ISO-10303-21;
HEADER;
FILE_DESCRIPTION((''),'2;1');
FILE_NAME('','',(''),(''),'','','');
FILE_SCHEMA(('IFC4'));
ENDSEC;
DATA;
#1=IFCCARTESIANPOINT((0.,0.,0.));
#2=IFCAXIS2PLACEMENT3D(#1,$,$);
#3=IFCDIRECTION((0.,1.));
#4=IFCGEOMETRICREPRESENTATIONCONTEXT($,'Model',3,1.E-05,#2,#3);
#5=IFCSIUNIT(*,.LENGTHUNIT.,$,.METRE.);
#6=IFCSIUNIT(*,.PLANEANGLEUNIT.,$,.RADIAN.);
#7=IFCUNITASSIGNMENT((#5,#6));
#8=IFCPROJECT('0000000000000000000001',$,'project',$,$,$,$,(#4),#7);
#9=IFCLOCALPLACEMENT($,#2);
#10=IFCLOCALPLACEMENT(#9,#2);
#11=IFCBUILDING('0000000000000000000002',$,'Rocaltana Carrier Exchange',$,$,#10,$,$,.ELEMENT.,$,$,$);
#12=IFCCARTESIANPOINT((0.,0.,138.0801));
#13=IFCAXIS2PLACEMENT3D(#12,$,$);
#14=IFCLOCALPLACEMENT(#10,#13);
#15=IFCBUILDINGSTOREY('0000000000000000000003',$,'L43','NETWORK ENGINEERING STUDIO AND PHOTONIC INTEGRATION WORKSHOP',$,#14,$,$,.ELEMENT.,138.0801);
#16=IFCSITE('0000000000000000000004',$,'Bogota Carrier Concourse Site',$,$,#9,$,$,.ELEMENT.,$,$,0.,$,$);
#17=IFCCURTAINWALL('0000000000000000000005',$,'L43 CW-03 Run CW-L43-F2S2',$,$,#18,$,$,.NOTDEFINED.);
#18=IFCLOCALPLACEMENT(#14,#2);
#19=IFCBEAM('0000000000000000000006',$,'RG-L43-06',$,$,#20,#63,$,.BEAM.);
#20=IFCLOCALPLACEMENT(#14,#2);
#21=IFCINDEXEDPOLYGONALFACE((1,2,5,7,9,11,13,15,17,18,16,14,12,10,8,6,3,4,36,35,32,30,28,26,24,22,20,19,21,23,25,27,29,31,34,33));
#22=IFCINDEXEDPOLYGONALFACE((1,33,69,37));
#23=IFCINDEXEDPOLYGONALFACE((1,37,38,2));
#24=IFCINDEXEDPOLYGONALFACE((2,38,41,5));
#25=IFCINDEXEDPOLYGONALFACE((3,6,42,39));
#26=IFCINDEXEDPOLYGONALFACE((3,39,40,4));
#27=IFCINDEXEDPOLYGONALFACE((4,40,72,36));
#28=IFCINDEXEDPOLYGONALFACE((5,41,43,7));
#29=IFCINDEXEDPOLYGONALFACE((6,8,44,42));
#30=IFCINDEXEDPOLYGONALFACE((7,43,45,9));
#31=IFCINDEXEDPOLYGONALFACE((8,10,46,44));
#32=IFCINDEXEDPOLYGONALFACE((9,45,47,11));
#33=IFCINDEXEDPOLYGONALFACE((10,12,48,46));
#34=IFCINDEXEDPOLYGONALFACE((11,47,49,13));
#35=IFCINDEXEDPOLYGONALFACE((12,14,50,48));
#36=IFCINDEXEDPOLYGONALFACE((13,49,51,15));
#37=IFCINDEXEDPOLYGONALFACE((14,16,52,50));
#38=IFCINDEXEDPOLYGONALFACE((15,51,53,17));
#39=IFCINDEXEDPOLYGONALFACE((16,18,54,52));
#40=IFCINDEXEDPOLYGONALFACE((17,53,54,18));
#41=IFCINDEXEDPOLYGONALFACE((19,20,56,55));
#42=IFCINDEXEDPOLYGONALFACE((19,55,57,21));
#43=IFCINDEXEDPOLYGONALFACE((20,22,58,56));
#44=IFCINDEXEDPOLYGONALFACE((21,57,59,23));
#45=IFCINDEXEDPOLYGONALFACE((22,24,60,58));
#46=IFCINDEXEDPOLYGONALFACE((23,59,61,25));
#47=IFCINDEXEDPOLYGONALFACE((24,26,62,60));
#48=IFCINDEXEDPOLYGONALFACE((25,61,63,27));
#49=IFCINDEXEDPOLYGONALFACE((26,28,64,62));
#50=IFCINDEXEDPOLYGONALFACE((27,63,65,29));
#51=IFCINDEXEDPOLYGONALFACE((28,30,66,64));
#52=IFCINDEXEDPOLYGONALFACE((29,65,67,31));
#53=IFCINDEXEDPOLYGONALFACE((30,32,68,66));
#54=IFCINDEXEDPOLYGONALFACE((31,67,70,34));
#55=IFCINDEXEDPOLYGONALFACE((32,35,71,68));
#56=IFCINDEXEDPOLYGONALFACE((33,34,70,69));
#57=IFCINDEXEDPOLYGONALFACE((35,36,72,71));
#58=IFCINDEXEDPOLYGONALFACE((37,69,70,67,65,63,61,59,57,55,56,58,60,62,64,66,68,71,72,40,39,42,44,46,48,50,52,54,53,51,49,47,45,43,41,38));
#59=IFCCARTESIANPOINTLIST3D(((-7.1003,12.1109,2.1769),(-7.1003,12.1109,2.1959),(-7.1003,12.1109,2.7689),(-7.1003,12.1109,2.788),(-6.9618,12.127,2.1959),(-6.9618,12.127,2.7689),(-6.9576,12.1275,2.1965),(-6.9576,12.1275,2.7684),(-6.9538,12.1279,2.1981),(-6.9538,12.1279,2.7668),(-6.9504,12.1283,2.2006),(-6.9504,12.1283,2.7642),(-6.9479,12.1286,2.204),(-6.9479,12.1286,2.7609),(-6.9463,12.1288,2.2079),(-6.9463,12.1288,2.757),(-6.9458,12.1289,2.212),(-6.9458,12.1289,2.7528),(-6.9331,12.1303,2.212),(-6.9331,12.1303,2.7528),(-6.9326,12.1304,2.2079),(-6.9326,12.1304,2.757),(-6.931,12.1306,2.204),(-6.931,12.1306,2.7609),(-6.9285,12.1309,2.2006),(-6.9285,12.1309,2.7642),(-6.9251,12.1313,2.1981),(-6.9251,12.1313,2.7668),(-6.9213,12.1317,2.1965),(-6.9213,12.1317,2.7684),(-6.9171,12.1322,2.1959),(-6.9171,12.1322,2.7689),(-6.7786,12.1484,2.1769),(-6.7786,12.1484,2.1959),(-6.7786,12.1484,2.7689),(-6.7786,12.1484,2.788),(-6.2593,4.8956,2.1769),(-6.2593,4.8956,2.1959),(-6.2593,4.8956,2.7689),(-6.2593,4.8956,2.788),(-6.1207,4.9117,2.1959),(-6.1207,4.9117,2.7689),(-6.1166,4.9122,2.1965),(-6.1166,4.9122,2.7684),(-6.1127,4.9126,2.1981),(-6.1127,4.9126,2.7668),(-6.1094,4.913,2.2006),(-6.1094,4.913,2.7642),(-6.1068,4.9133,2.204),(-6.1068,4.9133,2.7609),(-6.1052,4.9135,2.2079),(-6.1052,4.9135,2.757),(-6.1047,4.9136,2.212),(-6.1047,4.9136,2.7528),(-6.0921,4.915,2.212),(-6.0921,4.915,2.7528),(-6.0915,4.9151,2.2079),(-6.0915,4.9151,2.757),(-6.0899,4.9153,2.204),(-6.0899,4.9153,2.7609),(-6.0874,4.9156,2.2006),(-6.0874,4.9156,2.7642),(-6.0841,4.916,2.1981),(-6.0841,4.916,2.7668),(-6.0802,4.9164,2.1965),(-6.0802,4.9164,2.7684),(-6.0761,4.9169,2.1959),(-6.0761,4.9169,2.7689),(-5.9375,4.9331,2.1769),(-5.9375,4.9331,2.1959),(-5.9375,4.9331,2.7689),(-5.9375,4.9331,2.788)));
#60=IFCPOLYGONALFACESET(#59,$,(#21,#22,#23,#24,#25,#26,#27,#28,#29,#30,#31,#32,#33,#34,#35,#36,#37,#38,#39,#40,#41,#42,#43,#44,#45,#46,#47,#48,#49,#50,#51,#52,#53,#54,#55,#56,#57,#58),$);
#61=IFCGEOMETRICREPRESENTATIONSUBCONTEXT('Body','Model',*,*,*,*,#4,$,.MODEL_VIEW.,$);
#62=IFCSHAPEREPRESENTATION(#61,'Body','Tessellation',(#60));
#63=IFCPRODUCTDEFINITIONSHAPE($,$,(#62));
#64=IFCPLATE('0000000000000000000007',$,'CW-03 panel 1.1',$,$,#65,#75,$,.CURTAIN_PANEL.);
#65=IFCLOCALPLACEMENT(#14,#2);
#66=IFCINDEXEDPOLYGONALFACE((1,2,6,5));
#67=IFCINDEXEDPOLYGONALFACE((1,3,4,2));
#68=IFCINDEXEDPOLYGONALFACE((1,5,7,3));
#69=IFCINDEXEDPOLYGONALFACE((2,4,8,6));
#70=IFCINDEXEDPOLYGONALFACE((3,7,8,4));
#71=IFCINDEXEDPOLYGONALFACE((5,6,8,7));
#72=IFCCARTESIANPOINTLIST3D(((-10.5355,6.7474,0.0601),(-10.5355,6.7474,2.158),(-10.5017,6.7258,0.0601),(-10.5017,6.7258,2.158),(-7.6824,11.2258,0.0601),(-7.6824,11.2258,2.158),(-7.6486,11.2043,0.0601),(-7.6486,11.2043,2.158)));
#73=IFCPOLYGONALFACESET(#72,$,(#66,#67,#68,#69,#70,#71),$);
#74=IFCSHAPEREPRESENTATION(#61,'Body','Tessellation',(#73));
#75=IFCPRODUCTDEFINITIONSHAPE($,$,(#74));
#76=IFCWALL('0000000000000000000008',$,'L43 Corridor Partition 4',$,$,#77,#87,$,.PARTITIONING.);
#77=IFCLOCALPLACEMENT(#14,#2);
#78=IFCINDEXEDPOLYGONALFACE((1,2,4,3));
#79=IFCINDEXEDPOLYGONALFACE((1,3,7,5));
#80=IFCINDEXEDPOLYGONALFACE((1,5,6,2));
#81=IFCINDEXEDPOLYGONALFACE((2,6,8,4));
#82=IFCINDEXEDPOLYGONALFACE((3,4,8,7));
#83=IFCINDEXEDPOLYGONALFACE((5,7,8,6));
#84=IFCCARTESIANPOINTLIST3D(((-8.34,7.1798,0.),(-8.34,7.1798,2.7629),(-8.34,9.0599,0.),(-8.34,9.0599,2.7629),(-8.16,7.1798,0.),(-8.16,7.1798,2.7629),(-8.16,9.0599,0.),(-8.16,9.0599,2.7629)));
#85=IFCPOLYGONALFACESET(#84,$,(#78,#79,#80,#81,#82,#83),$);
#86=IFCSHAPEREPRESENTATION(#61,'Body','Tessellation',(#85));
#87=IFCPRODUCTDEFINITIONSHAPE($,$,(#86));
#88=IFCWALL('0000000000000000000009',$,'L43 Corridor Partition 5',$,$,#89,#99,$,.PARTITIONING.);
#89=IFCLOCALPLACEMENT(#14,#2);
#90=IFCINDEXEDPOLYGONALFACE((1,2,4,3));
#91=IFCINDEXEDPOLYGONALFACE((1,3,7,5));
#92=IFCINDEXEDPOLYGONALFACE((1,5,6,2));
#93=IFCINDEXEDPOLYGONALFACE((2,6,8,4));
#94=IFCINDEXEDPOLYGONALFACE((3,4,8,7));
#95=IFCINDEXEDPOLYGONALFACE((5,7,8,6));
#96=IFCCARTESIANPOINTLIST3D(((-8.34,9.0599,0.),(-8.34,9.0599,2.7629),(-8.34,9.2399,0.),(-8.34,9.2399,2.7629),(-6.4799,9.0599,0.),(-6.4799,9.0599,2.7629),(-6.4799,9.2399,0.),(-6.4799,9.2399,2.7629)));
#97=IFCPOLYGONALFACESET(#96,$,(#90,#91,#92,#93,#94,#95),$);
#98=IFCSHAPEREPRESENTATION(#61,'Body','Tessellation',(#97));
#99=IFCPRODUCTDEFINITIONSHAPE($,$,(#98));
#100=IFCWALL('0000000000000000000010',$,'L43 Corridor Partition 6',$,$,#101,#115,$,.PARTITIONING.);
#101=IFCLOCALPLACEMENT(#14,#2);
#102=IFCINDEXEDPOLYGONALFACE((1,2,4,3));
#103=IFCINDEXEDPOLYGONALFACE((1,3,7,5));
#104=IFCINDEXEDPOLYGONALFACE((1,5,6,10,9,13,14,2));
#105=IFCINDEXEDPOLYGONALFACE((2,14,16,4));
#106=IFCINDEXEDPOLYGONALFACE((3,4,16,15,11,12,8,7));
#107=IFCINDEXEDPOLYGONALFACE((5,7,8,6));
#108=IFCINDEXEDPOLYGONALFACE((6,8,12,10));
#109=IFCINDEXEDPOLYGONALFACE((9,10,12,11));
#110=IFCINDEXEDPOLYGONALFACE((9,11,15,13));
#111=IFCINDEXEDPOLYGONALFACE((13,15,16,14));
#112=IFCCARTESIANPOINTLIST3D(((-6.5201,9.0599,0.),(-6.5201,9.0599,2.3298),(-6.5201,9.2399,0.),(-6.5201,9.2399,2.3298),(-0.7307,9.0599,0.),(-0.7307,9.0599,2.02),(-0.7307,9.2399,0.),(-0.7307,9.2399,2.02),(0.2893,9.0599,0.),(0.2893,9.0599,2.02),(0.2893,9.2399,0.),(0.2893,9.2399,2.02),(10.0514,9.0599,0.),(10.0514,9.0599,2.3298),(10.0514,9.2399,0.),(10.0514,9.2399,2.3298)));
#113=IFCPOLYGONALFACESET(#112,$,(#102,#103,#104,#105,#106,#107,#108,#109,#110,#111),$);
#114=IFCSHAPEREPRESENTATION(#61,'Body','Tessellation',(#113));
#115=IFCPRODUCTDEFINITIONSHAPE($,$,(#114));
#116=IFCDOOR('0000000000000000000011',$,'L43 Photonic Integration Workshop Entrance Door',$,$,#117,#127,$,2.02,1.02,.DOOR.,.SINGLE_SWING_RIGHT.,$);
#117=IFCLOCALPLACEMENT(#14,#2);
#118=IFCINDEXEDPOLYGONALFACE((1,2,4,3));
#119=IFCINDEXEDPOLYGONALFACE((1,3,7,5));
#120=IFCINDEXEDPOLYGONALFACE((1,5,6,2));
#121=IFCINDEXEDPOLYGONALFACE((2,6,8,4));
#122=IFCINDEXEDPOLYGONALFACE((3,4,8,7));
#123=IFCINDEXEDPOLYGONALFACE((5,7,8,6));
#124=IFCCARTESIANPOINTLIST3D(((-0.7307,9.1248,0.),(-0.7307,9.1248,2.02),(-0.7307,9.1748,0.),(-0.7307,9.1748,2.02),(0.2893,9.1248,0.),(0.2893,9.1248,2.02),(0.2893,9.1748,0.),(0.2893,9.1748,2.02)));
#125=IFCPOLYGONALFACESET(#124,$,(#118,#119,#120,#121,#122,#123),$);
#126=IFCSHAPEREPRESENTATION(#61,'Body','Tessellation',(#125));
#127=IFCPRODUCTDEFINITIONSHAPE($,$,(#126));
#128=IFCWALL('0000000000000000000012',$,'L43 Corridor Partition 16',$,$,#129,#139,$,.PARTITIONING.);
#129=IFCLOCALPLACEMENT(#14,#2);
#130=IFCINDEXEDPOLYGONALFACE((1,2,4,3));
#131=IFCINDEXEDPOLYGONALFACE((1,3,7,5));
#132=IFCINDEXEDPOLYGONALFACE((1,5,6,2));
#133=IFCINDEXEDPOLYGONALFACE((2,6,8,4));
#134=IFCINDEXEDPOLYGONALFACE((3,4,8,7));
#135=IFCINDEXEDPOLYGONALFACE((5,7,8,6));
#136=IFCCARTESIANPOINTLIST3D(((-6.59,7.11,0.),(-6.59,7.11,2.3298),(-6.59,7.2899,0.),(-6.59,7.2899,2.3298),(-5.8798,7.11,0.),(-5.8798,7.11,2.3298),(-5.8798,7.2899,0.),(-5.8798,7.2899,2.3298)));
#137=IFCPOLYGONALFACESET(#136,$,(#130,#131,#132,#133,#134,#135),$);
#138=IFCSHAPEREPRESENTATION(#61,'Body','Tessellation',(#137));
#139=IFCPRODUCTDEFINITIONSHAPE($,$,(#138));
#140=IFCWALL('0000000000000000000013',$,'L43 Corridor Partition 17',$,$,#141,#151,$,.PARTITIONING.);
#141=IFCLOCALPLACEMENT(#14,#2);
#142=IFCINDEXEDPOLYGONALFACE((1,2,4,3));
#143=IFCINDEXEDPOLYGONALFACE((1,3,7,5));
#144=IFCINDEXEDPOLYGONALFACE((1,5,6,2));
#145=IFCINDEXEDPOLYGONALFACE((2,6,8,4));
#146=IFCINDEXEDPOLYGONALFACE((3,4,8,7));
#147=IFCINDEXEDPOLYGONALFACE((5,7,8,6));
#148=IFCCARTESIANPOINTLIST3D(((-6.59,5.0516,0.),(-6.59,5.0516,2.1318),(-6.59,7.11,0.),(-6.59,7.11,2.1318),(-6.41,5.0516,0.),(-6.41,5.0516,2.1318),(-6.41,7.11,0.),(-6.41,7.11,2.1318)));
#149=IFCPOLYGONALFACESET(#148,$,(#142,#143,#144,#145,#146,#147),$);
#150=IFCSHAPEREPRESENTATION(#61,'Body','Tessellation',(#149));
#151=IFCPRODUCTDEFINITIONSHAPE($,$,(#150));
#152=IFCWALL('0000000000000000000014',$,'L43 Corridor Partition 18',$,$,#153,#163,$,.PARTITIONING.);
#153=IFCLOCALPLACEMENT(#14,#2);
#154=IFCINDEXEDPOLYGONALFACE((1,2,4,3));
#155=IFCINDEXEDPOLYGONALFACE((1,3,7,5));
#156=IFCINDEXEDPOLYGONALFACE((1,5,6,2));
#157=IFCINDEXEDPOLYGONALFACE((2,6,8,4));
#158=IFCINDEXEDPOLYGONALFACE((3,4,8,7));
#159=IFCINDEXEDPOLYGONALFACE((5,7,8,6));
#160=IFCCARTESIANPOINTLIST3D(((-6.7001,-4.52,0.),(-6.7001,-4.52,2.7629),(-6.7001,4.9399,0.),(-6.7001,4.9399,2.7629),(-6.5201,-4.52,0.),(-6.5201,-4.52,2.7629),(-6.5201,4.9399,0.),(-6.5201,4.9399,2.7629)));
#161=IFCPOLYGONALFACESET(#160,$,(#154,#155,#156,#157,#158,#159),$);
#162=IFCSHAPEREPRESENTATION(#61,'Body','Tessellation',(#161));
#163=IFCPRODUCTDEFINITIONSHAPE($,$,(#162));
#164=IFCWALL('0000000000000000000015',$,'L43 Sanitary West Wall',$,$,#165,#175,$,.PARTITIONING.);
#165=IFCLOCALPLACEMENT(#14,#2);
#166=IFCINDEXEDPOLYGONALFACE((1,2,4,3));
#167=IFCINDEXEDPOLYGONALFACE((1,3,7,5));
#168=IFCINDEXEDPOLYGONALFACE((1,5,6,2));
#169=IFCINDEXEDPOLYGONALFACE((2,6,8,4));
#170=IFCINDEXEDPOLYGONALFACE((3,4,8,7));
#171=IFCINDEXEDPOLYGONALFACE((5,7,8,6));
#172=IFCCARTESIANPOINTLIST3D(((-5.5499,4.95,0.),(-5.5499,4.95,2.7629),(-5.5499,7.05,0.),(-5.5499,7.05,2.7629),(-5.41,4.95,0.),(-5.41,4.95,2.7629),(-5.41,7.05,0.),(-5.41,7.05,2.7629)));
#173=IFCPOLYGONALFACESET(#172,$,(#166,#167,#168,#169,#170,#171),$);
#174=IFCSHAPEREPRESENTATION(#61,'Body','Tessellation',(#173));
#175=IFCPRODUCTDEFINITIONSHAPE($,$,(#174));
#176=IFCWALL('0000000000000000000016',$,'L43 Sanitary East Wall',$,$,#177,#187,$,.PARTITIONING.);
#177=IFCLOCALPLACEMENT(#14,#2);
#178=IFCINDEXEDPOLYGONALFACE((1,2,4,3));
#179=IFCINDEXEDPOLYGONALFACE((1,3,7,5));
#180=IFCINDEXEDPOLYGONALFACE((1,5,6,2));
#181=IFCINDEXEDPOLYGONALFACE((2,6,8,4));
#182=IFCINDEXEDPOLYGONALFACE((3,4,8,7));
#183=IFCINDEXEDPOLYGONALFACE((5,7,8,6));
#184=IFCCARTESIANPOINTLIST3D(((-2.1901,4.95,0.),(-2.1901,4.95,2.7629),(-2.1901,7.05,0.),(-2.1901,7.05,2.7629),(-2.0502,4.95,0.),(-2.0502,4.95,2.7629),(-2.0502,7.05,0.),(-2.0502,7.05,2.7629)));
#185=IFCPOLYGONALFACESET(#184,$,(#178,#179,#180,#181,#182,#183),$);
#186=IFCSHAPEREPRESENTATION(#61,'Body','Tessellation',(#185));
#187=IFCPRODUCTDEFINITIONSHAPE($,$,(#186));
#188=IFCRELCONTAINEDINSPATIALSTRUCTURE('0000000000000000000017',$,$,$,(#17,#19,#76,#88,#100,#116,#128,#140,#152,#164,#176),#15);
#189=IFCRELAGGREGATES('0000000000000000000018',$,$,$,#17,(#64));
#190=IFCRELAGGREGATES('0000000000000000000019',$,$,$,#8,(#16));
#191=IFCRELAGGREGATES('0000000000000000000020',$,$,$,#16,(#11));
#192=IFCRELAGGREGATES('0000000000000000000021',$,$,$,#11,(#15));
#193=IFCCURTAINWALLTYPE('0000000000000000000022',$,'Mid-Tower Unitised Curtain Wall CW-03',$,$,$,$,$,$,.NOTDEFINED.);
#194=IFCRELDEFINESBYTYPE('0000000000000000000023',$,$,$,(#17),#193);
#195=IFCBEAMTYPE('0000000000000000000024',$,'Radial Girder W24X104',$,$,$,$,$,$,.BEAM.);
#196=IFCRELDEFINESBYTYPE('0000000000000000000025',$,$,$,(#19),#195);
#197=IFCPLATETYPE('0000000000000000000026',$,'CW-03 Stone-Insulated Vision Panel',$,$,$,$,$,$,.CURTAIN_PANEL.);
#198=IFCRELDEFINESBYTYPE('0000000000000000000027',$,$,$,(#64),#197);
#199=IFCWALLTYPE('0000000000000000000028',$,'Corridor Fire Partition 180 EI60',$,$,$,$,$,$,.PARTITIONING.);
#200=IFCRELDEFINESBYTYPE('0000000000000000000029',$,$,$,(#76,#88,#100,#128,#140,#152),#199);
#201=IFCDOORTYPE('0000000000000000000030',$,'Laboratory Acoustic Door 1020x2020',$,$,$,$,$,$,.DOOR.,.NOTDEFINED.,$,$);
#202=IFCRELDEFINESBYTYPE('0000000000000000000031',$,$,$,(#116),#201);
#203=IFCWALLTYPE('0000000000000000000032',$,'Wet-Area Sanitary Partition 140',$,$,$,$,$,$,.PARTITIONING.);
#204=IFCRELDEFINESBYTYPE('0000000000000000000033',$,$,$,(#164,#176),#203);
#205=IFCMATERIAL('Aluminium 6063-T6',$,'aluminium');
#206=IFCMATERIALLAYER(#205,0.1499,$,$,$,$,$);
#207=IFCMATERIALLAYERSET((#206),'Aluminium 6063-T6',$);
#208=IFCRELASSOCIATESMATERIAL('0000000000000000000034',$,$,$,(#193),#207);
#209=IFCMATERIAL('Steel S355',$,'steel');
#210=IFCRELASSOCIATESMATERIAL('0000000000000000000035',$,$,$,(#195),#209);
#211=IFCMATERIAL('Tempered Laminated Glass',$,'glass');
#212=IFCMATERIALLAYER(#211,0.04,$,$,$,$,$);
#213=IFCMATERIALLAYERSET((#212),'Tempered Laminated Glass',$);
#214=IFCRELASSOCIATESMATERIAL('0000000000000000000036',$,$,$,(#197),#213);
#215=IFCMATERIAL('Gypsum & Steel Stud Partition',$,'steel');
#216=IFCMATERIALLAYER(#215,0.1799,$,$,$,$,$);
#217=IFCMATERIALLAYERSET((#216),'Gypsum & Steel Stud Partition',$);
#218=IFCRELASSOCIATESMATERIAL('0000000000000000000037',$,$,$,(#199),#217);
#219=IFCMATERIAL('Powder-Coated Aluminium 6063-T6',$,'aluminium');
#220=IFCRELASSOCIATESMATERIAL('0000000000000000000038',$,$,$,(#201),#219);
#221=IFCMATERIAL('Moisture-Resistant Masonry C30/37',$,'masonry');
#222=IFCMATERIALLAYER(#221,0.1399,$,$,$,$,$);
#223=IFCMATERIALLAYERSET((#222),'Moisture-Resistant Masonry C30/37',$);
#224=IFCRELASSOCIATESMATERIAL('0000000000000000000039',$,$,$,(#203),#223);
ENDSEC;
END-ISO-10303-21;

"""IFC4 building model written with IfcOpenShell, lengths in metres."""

from ifc_helpers import new_model, si_unit, direction, frame, frame_2d, origin, origin_2d, place, context, subcontext, project, spatial, rectangle, i_section, extrude, material, layer, layer_set, material_profile, profile_set, type_object, element, fill, aggregate, save


model = new_model("IFC4")

# Units and contexts
model_context = context("Model", 3, precision=1e-05, world=origin(), true_north=direction((0.0, 1.0)))
body_context = subcontext(model_context, "Body", "Model", "MODEL_VIEW")
ifc_project = project(units=[si_unit("LENGTHUNIT", "METRE"), si_unit("PLANEANGLEUNIT", "RADIAN")], contexts=[model_context])

# Site, building, storey
site_placement = place(None, origin())
site = spatial("IfcSite", under=ifc_project, at=site_placement, Name="Bogota Carrier Concourse Site", CompositionType="ELEMENT", RefElevation=0.0)
building_placement = place(site_placement, origin())
building = spatial("IfcBuilding", under=site, at=building_placement, Name="Rocaltana Carrier Exchange", CompositionType="ELEMENT")
storey_placement = place(building_placement, frame((0.0, 0.0, 138.0801)))
storey = spatial("IfcBuildingStorey", under=building, at=storey_placement, Name="L43", Description="NETWORK ENGINEERING STUDIO AND PHOTONIC INTEGRATION WORKSHOP", CompositionType="ELEMENT", Elevation=138.0801)

# Curtain wall
ifc_material_1 = material(Name="Aluminium 6063-T6", Category="aluminium")
ifc_layer_1 = layer(ifc_material_1, 0.1499)
ifc_layer_set_1 = layer_set([ifc_layer_1], Name="Aluminium 6063-T6")
curtain_wall_type = type_object("IfcCurtainWallType", Name="Mid-Tower Unitised Curtain Wall CW-03", PredefinedType="NOTDEFINED", material=ifc_layer_set_1)
curtain_wall_placement = place(storey_placement, origin())
curtain_wall = element("IfcCurtainWall", 1, at=curtain_wall_placement, inside=storey, type_object=curtain_wall_type, Name="L43 CW-03 Run CW-L43-F2S2", PredefinedType="NOTDEFINED")

# Beam
ifc_material_2 = material(Name="Steel S355", Category="steel")
ifc_material_profile_1 = material_profile(ifc_material_2, i_section(OverallWidth=0.324, OverallDepth=0.6111, WebThickness=0.0127, FlangeThickness=0.019, FilletRadius=0.0161, at=origin_2d()), Name="W24X104")
ifc_profile_set_1 = profile_set([ifc_material_profile_1], Name="Steel S355")
beam_type_1 = type_object("IfcBeamType", Name="Radial Girder W24X104", PredefinedType="BEAM", material=ifc_profile_set_1)
beam_1_placement = place(storey_placement, frame((-6.0984, 4.9143, 2.4824), z_axis=(-0.115782, 0.993275, 0.0), x_axis=(-0.993275, -0.115782, 0.0)))
element("IfcBeam", 2, at=beam_1_placement, inside=storey, type_object=beam_type_1, Name="RG-L43-06", PredefinedType="BEAM", context=body_context, shape_type="SweptSolid", body=[
    extrude(i_section(OverallWidth=0.324, OverallDepth=0.6111, WebThickness=0.0127, FlangeThickness=0.019, FilletRadius=0.0161, at=origin_2d()), origin(), (0.0, 0.0, 1.0), 7.2642),
])

# Plate
ifc_material_3 = material(Name="Tempered Laminated Glass", Category="glass")
ifc_layer_2 = layer(ifc_material_3, 0.04)
ifc_layer_set_2 = layer_set([ifc_layer_2], Name="Tempered Laminated Glass")
plate_type = type_object("IfcPlateType", Name="CW-03 Stone-Insulated Vision Panel", PredefinedType="CURTAIN_PANEL", material=ifc_layer_set_2)
plate_placement = place(storey_placement, frame((-9.092, 8.9758, 0.0601), z_axis=(0.0, 0.0, 1.0), x_axis=(-0.537301, -0.843391, 0.0)))
plate = element("IfcPlate", 3, at=plate_placement, type_object=plate_type, Name="CW-03 panel 1.1", PredefinedType="CURTAIN_PANEL", context=body_context, shape_type="SweptSolid", body=[
    extrude(rectangle(XDim=5.3101, YDim=0.04, at=origin_2d()), origin(), (0.0, 0.0, 1.0), 2.0979),
])
aggregate(curtain_wall, [plate])

# Walls
ifc_material_4 = material(Name="Gypsum & Steel Stud Partition", Category="steel")
ifc_layer_3 = layer(ifc_material_4, 0.1799)
ifc_layer_set_3 = layer_set([ifc_layer_3], Name="Gypsum & Steel Stud Partition")
wall_type_1 = type_object("IfcWallType", Name="Corridor Fire Partition 180 EI60", PredefinedType="PARTITIONING", material=ifc_layer_set_3)
wall_1_placement = place(storey_placement, frame((-8.25, 7.1799, 0.0), z_axis=(0.0, 0.0, 1.0), x_axis=(0.0, 1.0, 0.0)))
element("IfcWall", 4, at=wall_1_placement, inside=storey, type_object=wall_type_1, Name="L43 Corridor Partition 4", PredefinedType="PARTITIONING", context=body_context, shape_type="SweptSolid", body=[
    extrude(rectangle(XDim=1.8801, YDim=0.1799, at=frame_2d((0.9399, 0.0))), origin(), (0.0, 0.0, 1.0), 2.7629),
])
wall_2_placement = place(storey_placement, frame((-8.3401, 9.1499, 0.0), z_axis=(0.0, 0.0, 1.0), x_axis=(1.0, 0.0, 0.0)))
element("IfcWall", 5, at=wall_2_placement, inside=storey, type_object=wall_type_1, Name="L43 Corridor Partition 5", PredefinedType="PARTITIONING", context=body_context, shape_type="SweptSolid", body=[
    extrude(rectangle(XDim=1.8601, YDim=0.1799, at=frame_2d((0.9302, 0.0))), origin(), (0.0, 0.0, 1.0), 2.7629),
])

# Wall, opening, door
wall_3_placement = place(storey_placement, frame((-6.52, 9.1499, 0.0), z_axis=(0.0, 0.0, 1.0), x_axis=(1.0, 0.0, 0.0)))
wall_3 = element("IfcWall", 6, at=wall_3_placement, inside=storey, type_object=wall_type_1, Name="L43 Corridor Partition 6", PredefinedType="PARTITIONING", context=body_context, shape_type="SweptSolid", body=[
    extrude(rectangle(XDim=16.5715, YDim=0.1799, at=frame_2d((8.2856, 0.0))), origin(), (0.0, 0.0, 1.0), 2.3298),
])
opening_1_placement = place(wall_3_placement, frame((5.7893, 0.0, 0.0)))
opening_1 = element("IfcOpeningElement", 7, at=opening_1_placement, cuts=wall_3, PredefinedType="OPENING", context=body_context, shape_type="SweptSolid", body=[
    extrude(rectangle(XDim=1.02, YDim=2.02, at=frame_2d((0.51, 1.01))), frame((0.0, 0.0999, 0.0), z_axis=(0.0, -1.0, 0.0), x_axis=(1.0, 0.0, 0.0)), (0.0, 0.0, 1.0), 0.2),
])
ifc_material_5 = material(Name="Powder-Coated Aluminium 6063-T6", Category="aluminium")
door_type_1 = type_object("IfcDoorType", Name="Laboratory Acoustic Door 1020x2020", OperationType="NOTDEFINED", PredefinedType="DOOR", material=ifc_material_5)
door_1_placement = place(opening_1_placement, origin())
door_1 = element("IfcDoor", 8, at=door_1_placement, inside=storey, type_object=door_type_1, Name="L43 Photonic Integration Workshop Entrance Door", OperationType="SINGLE_SWING_RIGHT", OverallHeight=2.02, OverallWidth=1.02, PredefinedType="DOOR", context=body_context, shape_type="SweptSolid", body=[
    extrude(rectangle(XDim=1.02, YDim=2.02, at=frame_2d((0.51, 1.01))), frame((0.0, 0.0249, 0.0), z_axis=(0.0, -1.0, 0.0), x_axis=(1.0, 0.0, 0.0)), (0.0, 0.0, 1.0), 0.05),
])
fill(opening_1, door_1)

# Walls
wall_4_placement = place(storey_placement, frame((-5.8799, 7.2, 0.0), z_axis=(0.0, 0.0, 1.0), x_axis=(-1.0, 0.0, 0.0)))
element("IfcWall", 9, at=wall_4_placement, inside=storey, type_object=wall_type_1, Name="L43 Corridor Partition 16", PredefinedType="PARTITIONING", context=body_context, shape_type="SweptSolid", body=[
    extrude(rectangle(XDim=0.7102, YDim=0.1799, at=frame_2d((0.355, 0.0))), origin(), (0.0, 0.0, 1.0), 2.3298),
])
wall_5_placement = place(storey_placement, frame((-6.5, 7.1101, 0.0), z_axis=(0.0, 0.0, 1.0), x_axis=(0.0, -1.0, 0.0)))
element("IfcWall", 10, at=wall_5_placement, inside=storey, type_object=wall_type_1, Name="L43 Corridor Partition 17", PredefinedType="PARTITIONING", context=body_context, shape_type="SweptSolid", body=[
    extrude(rectangle(XDim=2.0583, YDim=0.1799, at=frame_2d((1.0293, 0.0))), origin(), (0.0, 0.0, 1.0), 2.1318),
])
wall_6_placement = place(storey_placement, frame((-6.6101, 4.9399, 0.0), z_axis=(0.0, 0.0, 1.0), x_axis=(0.0, -1.0, 0.0)))
element("IfcWall", 11, at=wall_6_placement, inside=storey, type_object=wall_type_1, Name="L43 Corridor Partition 18", PredefinedType="PARTITIONING", context=body_context, shape_type="SweptSolid", body=[
    extrude(rectangle(XDim=9.46, YDim=0.1799, at=frame_2d((4.73, 0.0))), origin(), (0.0, 0.0, 1.0), 2.7629),
])
ifc_material_6 = material(Name="Moisture-Resistant Masonry C30/37", Category="masonry")
ifc_layer_4 = layer(ifc_material_6, 0.1399)
ifc_layer_set_4 = layer_set([ifc_layer_4], Name="Moisture-Resistant Masonry C30/37")
wall_type_2 = type_object("IfcWallType", Name="Wet-Area Sanitary Partition 140", PredefinedType="PARTITIONING", material=ifc_layer_set_4)
for number, where, z_axis, x_axis, name in (
    (12, (-5.48, 4.95, 0.0), (0.0, 0.0, 1.0), (0.0, 1.0, 0.0), "L43 Sanitary West Wall"),
    (13, (-2.1201, 4.95, 0.0), (0.0, 0.0, 1.0), (0.0, 1.0, 0.0), "L43 Sanitary East Wall"),
):
    element("IfcWall", number, at=place(storey_placement, frame(where, z_axis=z_axis, x_axis=x_axis)), inside=storey, type_object=wall_type_2, Name=name, PredefinedType="PARTITIONING", context=body_context, shape_type="SweptSolid", body=[
        extrude(rectangle(XDim=2.1001, YDim=0.1399, at=frame_2d((1.05, 0.0))), origin(), (0.0, 0.0, 1.0), 2.7629),
    ])

save(model, "model.ifc")
